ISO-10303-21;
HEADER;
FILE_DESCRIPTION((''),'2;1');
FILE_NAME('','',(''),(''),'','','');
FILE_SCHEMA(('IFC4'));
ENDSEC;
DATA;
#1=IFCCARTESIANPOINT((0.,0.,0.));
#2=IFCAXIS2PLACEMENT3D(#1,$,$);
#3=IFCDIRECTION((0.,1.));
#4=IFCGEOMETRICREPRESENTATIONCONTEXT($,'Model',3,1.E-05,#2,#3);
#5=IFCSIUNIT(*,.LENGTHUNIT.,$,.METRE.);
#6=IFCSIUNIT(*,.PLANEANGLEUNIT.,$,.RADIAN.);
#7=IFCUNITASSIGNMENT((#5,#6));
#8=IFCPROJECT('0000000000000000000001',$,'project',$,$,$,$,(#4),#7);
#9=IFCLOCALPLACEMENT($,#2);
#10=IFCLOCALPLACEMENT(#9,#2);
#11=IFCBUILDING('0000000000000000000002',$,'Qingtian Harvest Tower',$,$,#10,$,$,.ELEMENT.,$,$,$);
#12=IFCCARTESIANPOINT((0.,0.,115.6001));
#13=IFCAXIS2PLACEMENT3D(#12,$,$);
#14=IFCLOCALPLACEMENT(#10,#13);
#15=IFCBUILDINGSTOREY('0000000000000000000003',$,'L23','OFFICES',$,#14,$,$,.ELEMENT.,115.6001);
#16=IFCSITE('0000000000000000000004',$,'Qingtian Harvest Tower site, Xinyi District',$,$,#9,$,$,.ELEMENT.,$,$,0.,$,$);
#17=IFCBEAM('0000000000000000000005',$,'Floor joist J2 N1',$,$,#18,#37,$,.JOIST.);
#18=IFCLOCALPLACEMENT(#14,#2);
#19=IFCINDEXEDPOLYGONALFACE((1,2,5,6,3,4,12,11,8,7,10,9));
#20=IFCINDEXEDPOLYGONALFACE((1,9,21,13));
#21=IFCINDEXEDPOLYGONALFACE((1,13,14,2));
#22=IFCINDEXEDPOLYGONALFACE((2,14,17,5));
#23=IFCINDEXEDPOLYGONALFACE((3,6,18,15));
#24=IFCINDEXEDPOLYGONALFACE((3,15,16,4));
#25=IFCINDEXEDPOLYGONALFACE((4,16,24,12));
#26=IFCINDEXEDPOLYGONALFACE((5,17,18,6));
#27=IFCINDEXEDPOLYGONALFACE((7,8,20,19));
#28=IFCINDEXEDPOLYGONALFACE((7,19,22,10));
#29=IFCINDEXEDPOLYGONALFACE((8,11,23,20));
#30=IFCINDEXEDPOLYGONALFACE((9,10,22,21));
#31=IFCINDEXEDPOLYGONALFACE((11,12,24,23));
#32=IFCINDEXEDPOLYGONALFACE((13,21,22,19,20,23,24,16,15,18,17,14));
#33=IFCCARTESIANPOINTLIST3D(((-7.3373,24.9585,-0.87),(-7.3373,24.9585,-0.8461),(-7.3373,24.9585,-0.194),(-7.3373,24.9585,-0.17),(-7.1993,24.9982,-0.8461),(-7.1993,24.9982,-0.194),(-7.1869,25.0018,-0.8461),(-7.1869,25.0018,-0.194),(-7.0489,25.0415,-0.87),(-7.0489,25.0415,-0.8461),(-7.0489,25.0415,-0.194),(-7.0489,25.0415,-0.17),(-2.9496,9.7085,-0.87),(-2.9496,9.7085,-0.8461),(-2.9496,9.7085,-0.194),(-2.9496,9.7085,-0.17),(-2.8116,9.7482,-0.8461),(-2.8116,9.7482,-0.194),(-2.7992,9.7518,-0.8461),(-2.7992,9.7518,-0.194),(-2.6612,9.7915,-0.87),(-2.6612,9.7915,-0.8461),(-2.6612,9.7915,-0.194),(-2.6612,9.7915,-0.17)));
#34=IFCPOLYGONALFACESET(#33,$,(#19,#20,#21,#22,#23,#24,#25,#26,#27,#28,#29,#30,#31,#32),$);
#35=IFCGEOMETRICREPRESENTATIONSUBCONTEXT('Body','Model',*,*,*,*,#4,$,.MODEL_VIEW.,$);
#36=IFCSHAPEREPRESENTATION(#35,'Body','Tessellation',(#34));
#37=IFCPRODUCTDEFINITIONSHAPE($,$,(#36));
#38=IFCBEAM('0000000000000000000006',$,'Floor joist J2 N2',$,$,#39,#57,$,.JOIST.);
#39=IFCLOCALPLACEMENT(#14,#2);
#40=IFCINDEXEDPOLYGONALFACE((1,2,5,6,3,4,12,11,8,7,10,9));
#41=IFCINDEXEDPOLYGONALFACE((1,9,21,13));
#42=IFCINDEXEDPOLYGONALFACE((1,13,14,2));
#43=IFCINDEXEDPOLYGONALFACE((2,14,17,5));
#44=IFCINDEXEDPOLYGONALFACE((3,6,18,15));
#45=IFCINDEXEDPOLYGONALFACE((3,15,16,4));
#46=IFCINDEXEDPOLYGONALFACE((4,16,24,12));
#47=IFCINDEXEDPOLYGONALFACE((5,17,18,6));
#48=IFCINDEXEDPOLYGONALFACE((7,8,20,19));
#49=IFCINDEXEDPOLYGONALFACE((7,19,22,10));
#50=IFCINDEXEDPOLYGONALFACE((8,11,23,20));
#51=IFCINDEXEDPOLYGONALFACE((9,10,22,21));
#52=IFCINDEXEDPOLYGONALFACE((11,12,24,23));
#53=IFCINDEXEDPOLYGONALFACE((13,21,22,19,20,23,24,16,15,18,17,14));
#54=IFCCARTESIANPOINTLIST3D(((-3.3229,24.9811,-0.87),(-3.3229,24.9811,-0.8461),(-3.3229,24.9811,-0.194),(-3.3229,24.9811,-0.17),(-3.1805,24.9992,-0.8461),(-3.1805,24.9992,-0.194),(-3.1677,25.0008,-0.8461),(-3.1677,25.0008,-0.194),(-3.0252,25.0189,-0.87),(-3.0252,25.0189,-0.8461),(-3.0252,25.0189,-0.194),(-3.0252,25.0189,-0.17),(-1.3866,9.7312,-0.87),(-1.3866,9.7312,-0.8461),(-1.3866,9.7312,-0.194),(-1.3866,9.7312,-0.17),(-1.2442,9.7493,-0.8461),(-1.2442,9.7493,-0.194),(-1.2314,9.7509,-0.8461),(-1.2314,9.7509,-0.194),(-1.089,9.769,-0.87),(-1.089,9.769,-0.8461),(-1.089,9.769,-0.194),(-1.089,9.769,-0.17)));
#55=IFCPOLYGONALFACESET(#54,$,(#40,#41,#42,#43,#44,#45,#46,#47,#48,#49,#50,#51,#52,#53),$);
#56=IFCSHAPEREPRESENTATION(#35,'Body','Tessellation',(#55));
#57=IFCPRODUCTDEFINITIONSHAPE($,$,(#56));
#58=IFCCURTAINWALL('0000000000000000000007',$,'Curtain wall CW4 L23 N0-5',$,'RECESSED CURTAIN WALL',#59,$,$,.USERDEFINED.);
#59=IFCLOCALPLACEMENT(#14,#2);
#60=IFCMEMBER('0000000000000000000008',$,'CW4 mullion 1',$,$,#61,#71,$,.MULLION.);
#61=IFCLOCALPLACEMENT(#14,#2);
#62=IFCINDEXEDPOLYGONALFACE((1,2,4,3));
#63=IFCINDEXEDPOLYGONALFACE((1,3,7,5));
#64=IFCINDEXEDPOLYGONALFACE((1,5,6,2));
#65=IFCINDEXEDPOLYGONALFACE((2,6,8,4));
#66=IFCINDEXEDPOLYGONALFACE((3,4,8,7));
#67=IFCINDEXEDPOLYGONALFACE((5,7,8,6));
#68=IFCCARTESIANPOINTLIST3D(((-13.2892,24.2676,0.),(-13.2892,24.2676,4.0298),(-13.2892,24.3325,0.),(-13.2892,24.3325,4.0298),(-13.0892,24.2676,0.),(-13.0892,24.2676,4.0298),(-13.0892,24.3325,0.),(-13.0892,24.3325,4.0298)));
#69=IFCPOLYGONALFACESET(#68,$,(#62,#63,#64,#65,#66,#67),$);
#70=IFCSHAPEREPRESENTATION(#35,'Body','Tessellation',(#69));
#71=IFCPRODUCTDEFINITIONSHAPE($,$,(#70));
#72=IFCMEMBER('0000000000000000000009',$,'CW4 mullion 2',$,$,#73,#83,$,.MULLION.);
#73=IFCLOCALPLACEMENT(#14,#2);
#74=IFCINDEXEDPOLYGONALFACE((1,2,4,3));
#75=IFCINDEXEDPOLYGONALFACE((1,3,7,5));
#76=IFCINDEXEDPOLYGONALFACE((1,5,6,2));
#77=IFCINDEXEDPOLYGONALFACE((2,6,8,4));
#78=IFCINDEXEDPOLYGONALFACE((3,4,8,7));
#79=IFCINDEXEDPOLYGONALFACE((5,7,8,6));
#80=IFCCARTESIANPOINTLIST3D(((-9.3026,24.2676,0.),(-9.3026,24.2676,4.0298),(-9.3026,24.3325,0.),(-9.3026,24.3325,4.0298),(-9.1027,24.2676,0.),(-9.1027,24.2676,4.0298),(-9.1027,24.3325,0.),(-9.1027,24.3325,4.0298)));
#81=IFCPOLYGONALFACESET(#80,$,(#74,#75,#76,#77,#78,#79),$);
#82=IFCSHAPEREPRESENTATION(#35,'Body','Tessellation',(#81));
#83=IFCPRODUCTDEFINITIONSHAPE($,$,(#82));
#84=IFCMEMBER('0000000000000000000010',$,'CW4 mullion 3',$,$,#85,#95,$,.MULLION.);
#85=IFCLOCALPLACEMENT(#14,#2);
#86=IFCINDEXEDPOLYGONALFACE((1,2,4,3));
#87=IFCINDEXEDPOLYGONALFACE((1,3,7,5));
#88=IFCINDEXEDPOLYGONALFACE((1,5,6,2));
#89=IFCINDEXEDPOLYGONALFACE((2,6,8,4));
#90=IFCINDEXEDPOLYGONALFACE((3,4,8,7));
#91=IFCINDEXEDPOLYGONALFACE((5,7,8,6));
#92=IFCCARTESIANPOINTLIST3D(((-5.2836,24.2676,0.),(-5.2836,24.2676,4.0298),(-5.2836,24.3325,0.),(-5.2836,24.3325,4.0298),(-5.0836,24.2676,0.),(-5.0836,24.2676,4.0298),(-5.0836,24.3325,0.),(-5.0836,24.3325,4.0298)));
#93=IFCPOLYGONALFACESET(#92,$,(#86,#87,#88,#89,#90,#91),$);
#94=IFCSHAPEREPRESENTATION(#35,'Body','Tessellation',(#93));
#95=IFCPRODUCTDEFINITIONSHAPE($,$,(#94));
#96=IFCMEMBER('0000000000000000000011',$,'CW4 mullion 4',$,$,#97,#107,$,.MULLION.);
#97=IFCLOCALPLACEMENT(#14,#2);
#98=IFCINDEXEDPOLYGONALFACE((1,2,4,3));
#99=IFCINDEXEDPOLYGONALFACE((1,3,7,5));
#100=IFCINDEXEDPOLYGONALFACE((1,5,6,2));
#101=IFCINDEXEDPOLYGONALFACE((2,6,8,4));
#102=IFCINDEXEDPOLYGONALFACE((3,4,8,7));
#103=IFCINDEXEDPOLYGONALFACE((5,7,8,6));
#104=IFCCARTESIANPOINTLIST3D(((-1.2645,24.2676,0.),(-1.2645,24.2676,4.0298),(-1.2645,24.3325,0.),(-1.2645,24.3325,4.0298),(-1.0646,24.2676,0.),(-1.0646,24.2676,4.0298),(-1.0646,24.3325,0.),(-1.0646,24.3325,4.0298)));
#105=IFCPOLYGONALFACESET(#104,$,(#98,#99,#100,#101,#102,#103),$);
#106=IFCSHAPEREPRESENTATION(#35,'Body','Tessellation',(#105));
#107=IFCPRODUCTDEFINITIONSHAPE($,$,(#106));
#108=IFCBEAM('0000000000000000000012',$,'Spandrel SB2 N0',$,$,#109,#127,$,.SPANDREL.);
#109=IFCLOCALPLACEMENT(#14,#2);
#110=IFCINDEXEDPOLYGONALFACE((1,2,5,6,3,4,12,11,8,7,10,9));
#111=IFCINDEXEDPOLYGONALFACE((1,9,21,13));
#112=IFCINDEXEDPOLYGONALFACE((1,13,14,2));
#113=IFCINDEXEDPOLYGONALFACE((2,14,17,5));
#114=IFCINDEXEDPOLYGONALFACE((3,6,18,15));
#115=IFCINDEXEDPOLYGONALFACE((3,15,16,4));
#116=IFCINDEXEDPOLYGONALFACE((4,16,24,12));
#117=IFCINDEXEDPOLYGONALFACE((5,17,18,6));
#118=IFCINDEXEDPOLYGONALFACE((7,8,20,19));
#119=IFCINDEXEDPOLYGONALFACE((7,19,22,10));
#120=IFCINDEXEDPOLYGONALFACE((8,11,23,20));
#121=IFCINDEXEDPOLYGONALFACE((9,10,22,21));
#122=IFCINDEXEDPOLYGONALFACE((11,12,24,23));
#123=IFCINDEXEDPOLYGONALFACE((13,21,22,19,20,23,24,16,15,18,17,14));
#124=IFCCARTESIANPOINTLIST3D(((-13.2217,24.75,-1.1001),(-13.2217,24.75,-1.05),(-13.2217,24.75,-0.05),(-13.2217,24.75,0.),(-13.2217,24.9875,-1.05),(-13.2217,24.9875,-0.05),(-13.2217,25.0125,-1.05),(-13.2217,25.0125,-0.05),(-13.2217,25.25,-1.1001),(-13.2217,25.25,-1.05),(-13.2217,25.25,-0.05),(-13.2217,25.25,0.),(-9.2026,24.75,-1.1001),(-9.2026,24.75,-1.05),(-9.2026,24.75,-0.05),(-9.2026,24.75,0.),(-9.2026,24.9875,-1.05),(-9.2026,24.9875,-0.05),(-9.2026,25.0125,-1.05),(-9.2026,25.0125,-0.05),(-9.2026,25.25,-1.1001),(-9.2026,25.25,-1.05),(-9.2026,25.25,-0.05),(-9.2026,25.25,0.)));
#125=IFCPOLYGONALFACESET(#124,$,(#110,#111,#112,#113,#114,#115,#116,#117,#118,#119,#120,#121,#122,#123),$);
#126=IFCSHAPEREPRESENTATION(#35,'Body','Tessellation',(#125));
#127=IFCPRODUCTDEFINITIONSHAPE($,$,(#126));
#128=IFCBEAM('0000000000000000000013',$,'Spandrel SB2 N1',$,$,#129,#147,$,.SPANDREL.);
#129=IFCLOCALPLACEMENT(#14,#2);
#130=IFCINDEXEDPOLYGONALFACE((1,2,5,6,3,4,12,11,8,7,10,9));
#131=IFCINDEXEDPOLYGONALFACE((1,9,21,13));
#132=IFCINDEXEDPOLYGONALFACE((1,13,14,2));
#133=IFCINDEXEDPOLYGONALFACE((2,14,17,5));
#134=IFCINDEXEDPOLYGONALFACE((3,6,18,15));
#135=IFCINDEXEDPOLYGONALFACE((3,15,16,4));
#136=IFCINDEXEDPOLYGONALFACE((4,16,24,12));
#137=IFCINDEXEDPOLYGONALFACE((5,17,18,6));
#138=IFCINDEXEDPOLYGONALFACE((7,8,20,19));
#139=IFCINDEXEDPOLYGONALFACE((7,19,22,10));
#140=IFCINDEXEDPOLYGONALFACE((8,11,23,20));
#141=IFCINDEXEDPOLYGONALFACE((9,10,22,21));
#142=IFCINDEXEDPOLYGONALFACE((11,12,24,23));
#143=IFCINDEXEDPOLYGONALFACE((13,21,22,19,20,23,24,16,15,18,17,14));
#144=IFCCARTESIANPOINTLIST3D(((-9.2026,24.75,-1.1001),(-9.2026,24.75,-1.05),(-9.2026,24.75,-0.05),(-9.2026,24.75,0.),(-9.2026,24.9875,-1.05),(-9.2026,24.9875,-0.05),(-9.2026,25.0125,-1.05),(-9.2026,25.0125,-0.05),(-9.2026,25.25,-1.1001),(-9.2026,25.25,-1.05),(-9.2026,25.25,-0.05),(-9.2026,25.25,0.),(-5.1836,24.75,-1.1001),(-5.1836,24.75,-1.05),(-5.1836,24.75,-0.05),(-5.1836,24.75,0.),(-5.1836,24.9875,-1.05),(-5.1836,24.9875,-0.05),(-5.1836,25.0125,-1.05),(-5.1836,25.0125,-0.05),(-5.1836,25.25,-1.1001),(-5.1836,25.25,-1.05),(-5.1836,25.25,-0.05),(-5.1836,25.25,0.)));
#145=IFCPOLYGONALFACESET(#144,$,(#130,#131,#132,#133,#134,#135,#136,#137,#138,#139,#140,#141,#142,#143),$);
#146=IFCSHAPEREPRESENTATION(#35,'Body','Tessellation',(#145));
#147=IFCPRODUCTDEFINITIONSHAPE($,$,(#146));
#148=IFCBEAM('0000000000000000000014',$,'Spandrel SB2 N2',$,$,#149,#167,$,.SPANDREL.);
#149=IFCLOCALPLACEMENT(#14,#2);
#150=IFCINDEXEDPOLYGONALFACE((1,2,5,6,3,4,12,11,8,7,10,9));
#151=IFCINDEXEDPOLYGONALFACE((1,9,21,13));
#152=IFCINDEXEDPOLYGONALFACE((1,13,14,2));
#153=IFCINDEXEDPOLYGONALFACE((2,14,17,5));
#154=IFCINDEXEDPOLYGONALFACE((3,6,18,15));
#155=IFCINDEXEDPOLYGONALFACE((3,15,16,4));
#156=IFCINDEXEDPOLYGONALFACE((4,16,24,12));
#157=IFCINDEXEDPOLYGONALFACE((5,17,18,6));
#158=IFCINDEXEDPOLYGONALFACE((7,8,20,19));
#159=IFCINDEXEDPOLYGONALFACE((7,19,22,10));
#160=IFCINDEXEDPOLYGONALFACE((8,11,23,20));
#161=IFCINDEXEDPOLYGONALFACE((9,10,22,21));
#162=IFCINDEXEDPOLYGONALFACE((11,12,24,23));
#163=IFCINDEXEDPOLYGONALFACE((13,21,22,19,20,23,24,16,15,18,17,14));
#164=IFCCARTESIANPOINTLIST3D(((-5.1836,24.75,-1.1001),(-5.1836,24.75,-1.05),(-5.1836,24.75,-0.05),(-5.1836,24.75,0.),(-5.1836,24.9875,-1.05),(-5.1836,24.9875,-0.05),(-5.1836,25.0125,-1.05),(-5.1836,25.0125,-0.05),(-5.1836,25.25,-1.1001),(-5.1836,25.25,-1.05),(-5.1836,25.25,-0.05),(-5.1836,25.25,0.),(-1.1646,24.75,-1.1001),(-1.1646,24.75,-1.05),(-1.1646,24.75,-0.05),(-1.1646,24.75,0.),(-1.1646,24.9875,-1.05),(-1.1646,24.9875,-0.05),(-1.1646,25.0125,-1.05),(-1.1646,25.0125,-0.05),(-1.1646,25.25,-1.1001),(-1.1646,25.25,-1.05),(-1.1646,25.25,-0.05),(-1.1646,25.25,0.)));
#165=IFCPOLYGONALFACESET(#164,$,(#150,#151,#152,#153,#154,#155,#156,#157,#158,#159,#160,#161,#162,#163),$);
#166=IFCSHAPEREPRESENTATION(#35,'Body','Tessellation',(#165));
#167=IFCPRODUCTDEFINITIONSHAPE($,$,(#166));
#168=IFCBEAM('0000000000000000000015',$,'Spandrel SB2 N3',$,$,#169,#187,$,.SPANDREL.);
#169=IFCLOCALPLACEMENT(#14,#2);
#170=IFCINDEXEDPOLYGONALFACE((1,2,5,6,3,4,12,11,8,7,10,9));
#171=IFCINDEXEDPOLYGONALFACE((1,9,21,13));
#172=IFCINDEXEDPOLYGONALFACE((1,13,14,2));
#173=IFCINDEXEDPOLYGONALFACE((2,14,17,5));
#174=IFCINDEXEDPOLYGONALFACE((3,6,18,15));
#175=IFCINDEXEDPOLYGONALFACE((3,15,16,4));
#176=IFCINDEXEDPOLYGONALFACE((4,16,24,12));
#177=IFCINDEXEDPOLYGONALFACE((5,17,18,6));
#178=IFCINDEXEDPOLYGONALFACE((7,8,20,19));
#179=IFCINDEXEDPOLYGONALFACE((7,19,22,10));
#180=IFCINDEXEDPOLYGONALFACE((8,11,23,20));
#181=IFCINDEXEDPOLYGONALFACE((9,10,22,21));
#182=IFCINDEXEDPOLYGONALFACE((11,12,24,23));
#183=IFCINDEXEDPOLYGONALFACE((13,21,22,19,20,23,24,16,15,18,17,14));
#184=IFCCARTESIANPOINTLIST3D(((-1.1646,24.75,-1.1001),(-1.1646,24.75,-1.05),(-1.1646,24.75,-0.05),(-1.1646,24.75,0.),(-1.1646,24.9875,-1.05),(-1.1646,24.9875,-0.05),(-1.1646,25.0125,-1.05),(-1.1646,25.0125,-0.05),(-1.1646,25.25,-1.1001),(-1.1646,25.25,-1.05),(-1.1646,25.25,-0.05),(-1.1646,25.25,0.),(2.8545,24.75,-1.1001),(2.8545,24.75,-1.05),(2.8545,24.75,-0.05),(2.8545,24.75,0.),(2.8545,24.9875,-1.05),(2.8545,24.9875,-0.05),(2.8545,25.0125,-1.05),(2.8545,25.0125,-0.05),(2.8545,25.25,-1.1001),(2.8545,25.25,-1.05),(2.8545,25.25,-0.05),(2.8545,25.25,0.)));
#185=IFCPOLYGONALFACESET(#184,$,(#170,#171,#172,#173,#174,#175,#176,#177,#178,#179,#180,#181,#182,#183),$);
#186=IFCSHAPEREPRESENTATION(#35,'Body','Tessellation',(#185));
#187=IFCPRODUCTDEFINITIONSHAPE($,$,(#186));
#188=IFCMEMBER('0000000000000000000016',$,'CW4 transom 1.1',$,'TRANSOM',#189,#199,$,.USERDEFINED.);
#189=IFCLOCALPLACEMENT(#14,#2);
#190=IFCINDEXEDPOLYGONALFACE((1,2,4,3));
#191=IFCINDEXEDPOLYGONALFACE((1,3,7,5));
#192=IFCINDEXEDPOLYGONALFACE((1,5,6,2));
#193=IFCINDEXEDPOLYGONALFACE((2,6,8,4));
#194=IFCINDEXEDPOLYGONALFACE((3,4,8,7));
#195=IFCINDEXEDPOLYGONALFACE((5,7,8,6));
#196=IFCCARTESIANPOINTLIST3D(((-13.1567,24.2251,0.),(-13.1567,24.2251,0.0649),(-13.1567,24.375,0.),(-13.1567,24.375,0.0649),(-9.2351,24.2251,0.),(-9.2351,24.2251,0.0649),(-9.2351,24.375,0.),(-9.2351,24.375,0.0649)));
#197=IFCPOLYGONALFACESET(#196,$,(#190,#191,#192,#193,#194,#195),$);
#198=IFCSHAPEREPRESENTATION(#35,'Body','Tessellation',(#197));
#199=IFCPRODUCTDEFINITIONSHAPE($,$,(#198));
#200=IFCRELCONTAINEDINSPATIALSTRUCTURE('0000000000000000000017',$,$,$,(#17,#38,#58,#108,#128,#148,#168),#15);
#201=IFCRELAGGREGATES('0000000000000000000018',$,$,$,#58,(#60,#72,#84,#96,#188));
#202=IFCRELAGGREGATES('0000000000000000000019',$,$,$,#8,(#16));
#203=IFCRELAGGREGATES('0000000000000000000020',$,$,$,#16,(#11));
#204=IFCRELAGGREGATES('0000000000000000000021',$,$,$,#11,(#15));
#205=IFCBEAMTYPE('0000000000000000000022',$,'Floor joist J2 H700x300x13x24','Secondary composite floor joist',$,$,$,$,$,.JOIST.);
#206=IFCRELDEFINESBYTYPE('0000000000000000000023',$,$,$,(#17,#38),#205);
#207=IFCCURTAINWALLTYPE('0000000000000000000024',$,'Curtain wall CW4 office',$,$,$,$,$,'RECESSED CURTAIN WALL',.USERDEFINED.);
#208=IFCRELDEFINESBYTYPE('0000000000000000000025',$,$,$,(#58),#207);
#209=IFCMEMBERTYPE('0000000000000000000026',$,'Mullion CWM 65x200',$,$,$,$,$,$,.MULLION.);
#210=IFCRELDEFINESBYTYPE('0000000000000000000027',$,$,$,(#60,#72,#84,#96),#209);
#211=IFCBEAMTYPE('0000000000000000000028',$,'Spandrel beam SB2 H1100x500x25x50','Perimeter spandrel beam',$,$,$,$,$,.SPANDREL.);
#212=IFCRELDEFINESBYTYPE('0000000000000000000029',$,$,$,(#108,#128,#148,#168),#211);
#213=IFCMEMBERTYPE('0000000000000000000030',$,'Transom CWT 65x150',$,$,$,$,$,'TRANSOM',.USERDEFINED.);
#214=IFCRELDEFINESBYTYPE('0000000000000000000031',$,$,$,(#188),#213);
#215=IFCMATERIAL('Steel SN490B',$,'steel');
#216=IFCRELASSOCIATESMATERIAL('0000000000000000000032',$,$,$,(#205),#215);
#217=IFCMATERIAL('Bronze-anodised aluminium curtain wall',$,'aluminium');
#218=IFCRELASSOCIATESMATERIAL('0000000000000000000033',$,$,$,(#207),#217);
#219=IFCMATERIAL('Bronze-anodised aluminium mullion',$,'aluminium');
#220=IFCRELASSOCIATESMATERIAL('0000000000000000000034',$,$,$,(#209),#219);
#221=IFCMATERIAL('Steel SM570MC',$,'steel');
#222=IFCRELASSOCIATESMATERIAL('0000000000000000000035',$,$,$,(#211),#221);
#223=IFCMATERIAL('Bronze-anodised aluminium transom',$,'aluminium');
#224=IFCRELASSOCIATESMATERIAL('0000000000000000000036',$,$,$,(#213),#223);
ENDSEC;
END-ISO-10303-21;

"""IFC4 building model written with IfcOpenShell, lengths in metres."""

from ifc_helpers import new_model, si_unit, direction, frame, origin, origin_2d, place, context, subcontext, project, spatial, rectangle, i_section, extrude, material, material_profile, profile_set, type_object, element, aggregate, save


model = new_model("IFC4")

# Units and contexts
model_context = context("Model", 3, precision=1e-05, world=origin(), true_north=direction((0.0, 1.0)))
body_context = subcontext(model_context, "Body", "Model", "MODEL_VIEW")
ifc_project = project(units=[si_unit("LENGTHUNIT", "METRE"), si_unit("PLANEANGLEUNIT", "RADIAN")], contexts=[model_context])

# Site, building, storey
site_placement = place(None, origin())
site = spatial("IfcSite", under=ifc_project, at=site_placement, Name="Qingtian Harvest Tower site, Xinyi District", CompositionType="ELEMENT", RefElevation=0.0)
building_placement = place(site_placement, origin())
building = spatial("IfcBuilding", under=site, at=building_placement, Name="Qingtian Harvest Tower", CompositionType="ELEMENT")
storey_placement = place(building_placement, frame((0.0, 0.0, 115.6001)))
storey = spatial("IfcBuildingStorey", under=building, at=storey_placement, Name="L23", Description="OFFICES", CompositionType="ELEMENT", Elevation=115.6001)

# Beams
ifc_material_1 = material(Name="Steel SN490B", Category="steel")
ifc_material_profile_1 = material_profile(ifc_material_1, i_section(OverallWidth=0.3, OverallDepth=0.7, WebThickness=0.0129, FlangeThickness=0.0239, at=origin_2d()), Name="H700x300x13x24")
ifc_profile_set_1 = profile_set([ifc_material_profile_1], Name="Steel SN490B")
beam_type_1 = type_object("IfcBeamType", Name="Floor joist J2 H700x300x13x24", Description="Secondary composite floor joist", PredefinedType="JOIST", material=ifc_profile_set_1)
beam_1_placement = place(storey_placement, frame((-7.1931, 25.0, -0.52), z_axis=(0.276501, -0.961014, 0.0), x_axis=(0.961014, 0.276501, 0.0)))
element("IfcBeam", 1, at=beam_1_placement, inside=storey, type_object=beam_type_1, Name="Floor joist J2 N1", PredefinedType="JOIST", context=body_context, shape_type="SweptSolid", body=[
    extrude(i_section(OverallWidth=0.3, OverallDepth=0.7, WebThickness=0.0129, FlangeThickness=0.0239, at=origin_2d()), origin(), (0.0, 0.0, 1.0), 15.8687),
])
beam_2_placement = place(storey_placement, frame((-3.1741, 25.0, -0.52), z_axis=(0.125958, -0.992036, 0.0), x_axis=(0.992036, 0.125958, 0.0)))
element("IfcBeam", 2, at=beam_2_placement, inside=storey, type_object=beam_type_1, Name="Floor joist J2 N2", PredefinedType="JOIST", context=body_context, shape_type="SweptSolid", body=[
    extrude(i_section(OverallWidth=0.3, OverallDepth=0.7, WebThickness=0.0129, FlangeThickness=0.0239, at=origin_2d()), origin(), (0.0, 0.0, 1.0), 15.3723),
])

# Curtain wall, members
ifc_material_2 = material(Name="Bronze-anodised aluminium curtain wall", Category="aluminium")
curtain_wall_type = type_object("IfcCurtainWallType", Name="Curtain wall CW4 office", ElementType="RECESSED CURTAIN WALL", PredefinedType="USERDEFINED", material=ifc_material_2)
curtain_wall_placement = place(storey_placement, origin())
curtain_wall = element("IfcCurtainWall", 3, at=curtain_wall_placement, inside=storey, type_object=curtain_wall_type, Name="Curtain wall CW4 L23 N0-5", ObjectType="RECESSED CURTAIN WALL", PredefinedType="USERDEFINED")
ifc_material_3 = material(Name="Bronze-anodised aluminium mullion", Category="aluminium")
ifc_material_profile_2 = material_profile(ifc_material_3, rectangle(XDim=0.0649, YDim=0.2, at=origin_2d()), Name="AL 65x200")
ifc_profile_set_2 = profile_set([ifc_material_profile_2], Name="Bronze-anodised aluminium mullion")
member_type_1 = type_object("IfcMemberType", Name="Mullion CWM 65x200", PredefinedType="MULLION", material=ifc_profile_set_2)
member_1_placement = place(storey_placement, frame((-13.1892, 24.3, 0.0), z_axis=(0.0, 0.0, 1.0), x_axis=(0.0, 1.0, 0.0)))
member_1 = element("IfcMember", 4, at=member_1_placement, type_object=member_type_1, Name="CW4 mullion 1", PredefinedType="MULLION", context=body_context, shape_type="SweptSolid", body=[
    extrude(rectangle(XDim=0.0649, YDim=0.2, at=origin_2d()), origin(), (0.0, 0.0, 1.0), 4.0298),
])
member_2_placement = place(storey_placement, frame((-9.2026, 24.3, 0.0), z_axis=(0.0, 0.0, 1.0), x_axis=(0.0, 1.0, 0.0)))
member_2 = element("IfcMember", 5, at=member_2_placement, type_object=member_type_1, Name="CW4 mullion 2", PredefinedType="MULLION", context=body_context, shape_type="SweptSolid", body=[
    extrude(rectangle(XDim=0.0649, YDim=0.2, at=origin_2d()), origin(), (0.0, 0.0, 1.0), 4.0298),
])
member_3_placement = place(storey_placement, frame((-5.1836, 24.3, 0.0), z_axis=(0.0, 0.0, 1.0), x_axis=(0.0, 1.0, 0.0)))
member_3 = element("IfcMember", 6, at=member_3_placement, type_object=member_type_1, Name="CW4 mullion 3", PredefinedType="MULLION", context=body_context, shape_type="SweptSolid", body=[
    extrude(rectangle(XDim=0.0649, YDim=0.2, at=origin_2d()), origin(), (0.0, 0.0, 1.0), 4.0298),
])
member_4_placement = place(storey_placement, frame((-1.1646, 24.3, 0.0), z_axis=(0.0, 0.0, 1.0), x_axis=(0.0, 1.0, 0.0)))
member_4 = element("IfcMember", 7, at=member_4_placement, type_object=member_type_1, Name="CW4 mullion 4", PredefinedType="MULLION", context=body_context, shape_type="SweptSolid", body=[
    extrude(rectangle(XDim=0.0649, YDim=0.2, at=origin_2d()), origin(), (0.0, 0.0, 1.0), 4.0298),
])

# Beams
ifc_material_4 = material(Name="Steel SM570MC", Category="steel")
ifc_material_profile_3 = material_profile(ifc_material_4, i_section(OverallWidth=0.5, OverallDepth=1.1001, WebThickness=0.0249, FlangeThickness=0.05, at=origin_2d()), Name="H1100x500x25x50")
ifc_profile_set_3 = profile_set([ifc_material_profile_3], Name="Steel SM570MC")
beam_type_2 = type_object("IfcBeamType", Name="Spandrel beam SB2 H1100x500x25x50", Description="Perimeter spandrel beam", PredefinedType="SPANDREL", material=ifc_profile_set_3)
for number, where, z_axis, x_axis, name in (
    (8, (-13.2217, 25.0, -0.55), (1.0, 0.0, 0.0), (0.0, 1.0, 0.0), "Spandrel SB2 N0"),
    (9, (-9.2026, 25.0, -0.55), (1.0, 0.0, 0.0), (0.0, 1.0, 0.0), "Spandrel SB2 N1"),
    (10, (-5.1836, 25.0, -0.55), (1.0, 0.0, 0.0), (0.0, 1.0, 0.0), "Spandrel SB2 N2"),
    (11, (-1.1646, 25.0, -0.55), (1.0, 0.0, 0.0), (0.0, 1.0, 0.0), "Spandrel SB2 N3"),
):
    element("IfcBeam", number, at=place(storey_placement, frame(where, z_axis=z_axis, x_axis=x_axis)), inside=storey, type_object=beam_type_2, Name=name, PredefinedType="SPANDREL", context=body_context, shape_type="SweptSolid", body=[
        extrude(i_section(OverallWidth=0.5, OverallDepth=1.1001, WebThickness=0.0249, FlangeThickness=0.05, at=origin_2d()), origin(), (0.0, 0.0, 1.0), 4.019),
    ])

# Member
ifc_material_5 = material(Name="Bronze-anodised aluminium transom", Category="aluminium")
ifc_material_profile_4 = material_profile(ifc_material_5, rectangle(XDim=0.1499, YDim=0.0649, at=origin_2d()), Name="AL 65x150")
ifc_profile_set_4 = profile_set([ifc_material_profile_4], Name="Bronze-anodised aluminium transom")
member_type_2 = type_object("IfcMemberType", Name="Transom CWT 65x150", ElementType="TRANSOM", PredefinedType="USERDEFINED", material=ifc_profile_set_4)
member_5_placement = place(storey_placement, frame((-13.1567, 24.3, 0.0325), z_axis=(1.0, 0.0, 0.0), x_axis=(0.0, 1.0, 0.0)))
member_5 = element("IfcMember", 12, at=member_5_placement, type_object=member_type_2, Name="CW4 transom 1.1", ObjectType="TRANSOM", PredefinedType="USERDEFINED", context=body_context, shape_type="SweptSolid", body=[
    extrude(rectangle(XDim=0.1499, YDim=0.0649, at=origin_2d()), origin(), (0.0, 0.0, 1.0), 3.9216),
])

aggregate(curtain_wall, [member_1, member_2, member_3, member_4, member_5])

save(model, "model.ifc")
